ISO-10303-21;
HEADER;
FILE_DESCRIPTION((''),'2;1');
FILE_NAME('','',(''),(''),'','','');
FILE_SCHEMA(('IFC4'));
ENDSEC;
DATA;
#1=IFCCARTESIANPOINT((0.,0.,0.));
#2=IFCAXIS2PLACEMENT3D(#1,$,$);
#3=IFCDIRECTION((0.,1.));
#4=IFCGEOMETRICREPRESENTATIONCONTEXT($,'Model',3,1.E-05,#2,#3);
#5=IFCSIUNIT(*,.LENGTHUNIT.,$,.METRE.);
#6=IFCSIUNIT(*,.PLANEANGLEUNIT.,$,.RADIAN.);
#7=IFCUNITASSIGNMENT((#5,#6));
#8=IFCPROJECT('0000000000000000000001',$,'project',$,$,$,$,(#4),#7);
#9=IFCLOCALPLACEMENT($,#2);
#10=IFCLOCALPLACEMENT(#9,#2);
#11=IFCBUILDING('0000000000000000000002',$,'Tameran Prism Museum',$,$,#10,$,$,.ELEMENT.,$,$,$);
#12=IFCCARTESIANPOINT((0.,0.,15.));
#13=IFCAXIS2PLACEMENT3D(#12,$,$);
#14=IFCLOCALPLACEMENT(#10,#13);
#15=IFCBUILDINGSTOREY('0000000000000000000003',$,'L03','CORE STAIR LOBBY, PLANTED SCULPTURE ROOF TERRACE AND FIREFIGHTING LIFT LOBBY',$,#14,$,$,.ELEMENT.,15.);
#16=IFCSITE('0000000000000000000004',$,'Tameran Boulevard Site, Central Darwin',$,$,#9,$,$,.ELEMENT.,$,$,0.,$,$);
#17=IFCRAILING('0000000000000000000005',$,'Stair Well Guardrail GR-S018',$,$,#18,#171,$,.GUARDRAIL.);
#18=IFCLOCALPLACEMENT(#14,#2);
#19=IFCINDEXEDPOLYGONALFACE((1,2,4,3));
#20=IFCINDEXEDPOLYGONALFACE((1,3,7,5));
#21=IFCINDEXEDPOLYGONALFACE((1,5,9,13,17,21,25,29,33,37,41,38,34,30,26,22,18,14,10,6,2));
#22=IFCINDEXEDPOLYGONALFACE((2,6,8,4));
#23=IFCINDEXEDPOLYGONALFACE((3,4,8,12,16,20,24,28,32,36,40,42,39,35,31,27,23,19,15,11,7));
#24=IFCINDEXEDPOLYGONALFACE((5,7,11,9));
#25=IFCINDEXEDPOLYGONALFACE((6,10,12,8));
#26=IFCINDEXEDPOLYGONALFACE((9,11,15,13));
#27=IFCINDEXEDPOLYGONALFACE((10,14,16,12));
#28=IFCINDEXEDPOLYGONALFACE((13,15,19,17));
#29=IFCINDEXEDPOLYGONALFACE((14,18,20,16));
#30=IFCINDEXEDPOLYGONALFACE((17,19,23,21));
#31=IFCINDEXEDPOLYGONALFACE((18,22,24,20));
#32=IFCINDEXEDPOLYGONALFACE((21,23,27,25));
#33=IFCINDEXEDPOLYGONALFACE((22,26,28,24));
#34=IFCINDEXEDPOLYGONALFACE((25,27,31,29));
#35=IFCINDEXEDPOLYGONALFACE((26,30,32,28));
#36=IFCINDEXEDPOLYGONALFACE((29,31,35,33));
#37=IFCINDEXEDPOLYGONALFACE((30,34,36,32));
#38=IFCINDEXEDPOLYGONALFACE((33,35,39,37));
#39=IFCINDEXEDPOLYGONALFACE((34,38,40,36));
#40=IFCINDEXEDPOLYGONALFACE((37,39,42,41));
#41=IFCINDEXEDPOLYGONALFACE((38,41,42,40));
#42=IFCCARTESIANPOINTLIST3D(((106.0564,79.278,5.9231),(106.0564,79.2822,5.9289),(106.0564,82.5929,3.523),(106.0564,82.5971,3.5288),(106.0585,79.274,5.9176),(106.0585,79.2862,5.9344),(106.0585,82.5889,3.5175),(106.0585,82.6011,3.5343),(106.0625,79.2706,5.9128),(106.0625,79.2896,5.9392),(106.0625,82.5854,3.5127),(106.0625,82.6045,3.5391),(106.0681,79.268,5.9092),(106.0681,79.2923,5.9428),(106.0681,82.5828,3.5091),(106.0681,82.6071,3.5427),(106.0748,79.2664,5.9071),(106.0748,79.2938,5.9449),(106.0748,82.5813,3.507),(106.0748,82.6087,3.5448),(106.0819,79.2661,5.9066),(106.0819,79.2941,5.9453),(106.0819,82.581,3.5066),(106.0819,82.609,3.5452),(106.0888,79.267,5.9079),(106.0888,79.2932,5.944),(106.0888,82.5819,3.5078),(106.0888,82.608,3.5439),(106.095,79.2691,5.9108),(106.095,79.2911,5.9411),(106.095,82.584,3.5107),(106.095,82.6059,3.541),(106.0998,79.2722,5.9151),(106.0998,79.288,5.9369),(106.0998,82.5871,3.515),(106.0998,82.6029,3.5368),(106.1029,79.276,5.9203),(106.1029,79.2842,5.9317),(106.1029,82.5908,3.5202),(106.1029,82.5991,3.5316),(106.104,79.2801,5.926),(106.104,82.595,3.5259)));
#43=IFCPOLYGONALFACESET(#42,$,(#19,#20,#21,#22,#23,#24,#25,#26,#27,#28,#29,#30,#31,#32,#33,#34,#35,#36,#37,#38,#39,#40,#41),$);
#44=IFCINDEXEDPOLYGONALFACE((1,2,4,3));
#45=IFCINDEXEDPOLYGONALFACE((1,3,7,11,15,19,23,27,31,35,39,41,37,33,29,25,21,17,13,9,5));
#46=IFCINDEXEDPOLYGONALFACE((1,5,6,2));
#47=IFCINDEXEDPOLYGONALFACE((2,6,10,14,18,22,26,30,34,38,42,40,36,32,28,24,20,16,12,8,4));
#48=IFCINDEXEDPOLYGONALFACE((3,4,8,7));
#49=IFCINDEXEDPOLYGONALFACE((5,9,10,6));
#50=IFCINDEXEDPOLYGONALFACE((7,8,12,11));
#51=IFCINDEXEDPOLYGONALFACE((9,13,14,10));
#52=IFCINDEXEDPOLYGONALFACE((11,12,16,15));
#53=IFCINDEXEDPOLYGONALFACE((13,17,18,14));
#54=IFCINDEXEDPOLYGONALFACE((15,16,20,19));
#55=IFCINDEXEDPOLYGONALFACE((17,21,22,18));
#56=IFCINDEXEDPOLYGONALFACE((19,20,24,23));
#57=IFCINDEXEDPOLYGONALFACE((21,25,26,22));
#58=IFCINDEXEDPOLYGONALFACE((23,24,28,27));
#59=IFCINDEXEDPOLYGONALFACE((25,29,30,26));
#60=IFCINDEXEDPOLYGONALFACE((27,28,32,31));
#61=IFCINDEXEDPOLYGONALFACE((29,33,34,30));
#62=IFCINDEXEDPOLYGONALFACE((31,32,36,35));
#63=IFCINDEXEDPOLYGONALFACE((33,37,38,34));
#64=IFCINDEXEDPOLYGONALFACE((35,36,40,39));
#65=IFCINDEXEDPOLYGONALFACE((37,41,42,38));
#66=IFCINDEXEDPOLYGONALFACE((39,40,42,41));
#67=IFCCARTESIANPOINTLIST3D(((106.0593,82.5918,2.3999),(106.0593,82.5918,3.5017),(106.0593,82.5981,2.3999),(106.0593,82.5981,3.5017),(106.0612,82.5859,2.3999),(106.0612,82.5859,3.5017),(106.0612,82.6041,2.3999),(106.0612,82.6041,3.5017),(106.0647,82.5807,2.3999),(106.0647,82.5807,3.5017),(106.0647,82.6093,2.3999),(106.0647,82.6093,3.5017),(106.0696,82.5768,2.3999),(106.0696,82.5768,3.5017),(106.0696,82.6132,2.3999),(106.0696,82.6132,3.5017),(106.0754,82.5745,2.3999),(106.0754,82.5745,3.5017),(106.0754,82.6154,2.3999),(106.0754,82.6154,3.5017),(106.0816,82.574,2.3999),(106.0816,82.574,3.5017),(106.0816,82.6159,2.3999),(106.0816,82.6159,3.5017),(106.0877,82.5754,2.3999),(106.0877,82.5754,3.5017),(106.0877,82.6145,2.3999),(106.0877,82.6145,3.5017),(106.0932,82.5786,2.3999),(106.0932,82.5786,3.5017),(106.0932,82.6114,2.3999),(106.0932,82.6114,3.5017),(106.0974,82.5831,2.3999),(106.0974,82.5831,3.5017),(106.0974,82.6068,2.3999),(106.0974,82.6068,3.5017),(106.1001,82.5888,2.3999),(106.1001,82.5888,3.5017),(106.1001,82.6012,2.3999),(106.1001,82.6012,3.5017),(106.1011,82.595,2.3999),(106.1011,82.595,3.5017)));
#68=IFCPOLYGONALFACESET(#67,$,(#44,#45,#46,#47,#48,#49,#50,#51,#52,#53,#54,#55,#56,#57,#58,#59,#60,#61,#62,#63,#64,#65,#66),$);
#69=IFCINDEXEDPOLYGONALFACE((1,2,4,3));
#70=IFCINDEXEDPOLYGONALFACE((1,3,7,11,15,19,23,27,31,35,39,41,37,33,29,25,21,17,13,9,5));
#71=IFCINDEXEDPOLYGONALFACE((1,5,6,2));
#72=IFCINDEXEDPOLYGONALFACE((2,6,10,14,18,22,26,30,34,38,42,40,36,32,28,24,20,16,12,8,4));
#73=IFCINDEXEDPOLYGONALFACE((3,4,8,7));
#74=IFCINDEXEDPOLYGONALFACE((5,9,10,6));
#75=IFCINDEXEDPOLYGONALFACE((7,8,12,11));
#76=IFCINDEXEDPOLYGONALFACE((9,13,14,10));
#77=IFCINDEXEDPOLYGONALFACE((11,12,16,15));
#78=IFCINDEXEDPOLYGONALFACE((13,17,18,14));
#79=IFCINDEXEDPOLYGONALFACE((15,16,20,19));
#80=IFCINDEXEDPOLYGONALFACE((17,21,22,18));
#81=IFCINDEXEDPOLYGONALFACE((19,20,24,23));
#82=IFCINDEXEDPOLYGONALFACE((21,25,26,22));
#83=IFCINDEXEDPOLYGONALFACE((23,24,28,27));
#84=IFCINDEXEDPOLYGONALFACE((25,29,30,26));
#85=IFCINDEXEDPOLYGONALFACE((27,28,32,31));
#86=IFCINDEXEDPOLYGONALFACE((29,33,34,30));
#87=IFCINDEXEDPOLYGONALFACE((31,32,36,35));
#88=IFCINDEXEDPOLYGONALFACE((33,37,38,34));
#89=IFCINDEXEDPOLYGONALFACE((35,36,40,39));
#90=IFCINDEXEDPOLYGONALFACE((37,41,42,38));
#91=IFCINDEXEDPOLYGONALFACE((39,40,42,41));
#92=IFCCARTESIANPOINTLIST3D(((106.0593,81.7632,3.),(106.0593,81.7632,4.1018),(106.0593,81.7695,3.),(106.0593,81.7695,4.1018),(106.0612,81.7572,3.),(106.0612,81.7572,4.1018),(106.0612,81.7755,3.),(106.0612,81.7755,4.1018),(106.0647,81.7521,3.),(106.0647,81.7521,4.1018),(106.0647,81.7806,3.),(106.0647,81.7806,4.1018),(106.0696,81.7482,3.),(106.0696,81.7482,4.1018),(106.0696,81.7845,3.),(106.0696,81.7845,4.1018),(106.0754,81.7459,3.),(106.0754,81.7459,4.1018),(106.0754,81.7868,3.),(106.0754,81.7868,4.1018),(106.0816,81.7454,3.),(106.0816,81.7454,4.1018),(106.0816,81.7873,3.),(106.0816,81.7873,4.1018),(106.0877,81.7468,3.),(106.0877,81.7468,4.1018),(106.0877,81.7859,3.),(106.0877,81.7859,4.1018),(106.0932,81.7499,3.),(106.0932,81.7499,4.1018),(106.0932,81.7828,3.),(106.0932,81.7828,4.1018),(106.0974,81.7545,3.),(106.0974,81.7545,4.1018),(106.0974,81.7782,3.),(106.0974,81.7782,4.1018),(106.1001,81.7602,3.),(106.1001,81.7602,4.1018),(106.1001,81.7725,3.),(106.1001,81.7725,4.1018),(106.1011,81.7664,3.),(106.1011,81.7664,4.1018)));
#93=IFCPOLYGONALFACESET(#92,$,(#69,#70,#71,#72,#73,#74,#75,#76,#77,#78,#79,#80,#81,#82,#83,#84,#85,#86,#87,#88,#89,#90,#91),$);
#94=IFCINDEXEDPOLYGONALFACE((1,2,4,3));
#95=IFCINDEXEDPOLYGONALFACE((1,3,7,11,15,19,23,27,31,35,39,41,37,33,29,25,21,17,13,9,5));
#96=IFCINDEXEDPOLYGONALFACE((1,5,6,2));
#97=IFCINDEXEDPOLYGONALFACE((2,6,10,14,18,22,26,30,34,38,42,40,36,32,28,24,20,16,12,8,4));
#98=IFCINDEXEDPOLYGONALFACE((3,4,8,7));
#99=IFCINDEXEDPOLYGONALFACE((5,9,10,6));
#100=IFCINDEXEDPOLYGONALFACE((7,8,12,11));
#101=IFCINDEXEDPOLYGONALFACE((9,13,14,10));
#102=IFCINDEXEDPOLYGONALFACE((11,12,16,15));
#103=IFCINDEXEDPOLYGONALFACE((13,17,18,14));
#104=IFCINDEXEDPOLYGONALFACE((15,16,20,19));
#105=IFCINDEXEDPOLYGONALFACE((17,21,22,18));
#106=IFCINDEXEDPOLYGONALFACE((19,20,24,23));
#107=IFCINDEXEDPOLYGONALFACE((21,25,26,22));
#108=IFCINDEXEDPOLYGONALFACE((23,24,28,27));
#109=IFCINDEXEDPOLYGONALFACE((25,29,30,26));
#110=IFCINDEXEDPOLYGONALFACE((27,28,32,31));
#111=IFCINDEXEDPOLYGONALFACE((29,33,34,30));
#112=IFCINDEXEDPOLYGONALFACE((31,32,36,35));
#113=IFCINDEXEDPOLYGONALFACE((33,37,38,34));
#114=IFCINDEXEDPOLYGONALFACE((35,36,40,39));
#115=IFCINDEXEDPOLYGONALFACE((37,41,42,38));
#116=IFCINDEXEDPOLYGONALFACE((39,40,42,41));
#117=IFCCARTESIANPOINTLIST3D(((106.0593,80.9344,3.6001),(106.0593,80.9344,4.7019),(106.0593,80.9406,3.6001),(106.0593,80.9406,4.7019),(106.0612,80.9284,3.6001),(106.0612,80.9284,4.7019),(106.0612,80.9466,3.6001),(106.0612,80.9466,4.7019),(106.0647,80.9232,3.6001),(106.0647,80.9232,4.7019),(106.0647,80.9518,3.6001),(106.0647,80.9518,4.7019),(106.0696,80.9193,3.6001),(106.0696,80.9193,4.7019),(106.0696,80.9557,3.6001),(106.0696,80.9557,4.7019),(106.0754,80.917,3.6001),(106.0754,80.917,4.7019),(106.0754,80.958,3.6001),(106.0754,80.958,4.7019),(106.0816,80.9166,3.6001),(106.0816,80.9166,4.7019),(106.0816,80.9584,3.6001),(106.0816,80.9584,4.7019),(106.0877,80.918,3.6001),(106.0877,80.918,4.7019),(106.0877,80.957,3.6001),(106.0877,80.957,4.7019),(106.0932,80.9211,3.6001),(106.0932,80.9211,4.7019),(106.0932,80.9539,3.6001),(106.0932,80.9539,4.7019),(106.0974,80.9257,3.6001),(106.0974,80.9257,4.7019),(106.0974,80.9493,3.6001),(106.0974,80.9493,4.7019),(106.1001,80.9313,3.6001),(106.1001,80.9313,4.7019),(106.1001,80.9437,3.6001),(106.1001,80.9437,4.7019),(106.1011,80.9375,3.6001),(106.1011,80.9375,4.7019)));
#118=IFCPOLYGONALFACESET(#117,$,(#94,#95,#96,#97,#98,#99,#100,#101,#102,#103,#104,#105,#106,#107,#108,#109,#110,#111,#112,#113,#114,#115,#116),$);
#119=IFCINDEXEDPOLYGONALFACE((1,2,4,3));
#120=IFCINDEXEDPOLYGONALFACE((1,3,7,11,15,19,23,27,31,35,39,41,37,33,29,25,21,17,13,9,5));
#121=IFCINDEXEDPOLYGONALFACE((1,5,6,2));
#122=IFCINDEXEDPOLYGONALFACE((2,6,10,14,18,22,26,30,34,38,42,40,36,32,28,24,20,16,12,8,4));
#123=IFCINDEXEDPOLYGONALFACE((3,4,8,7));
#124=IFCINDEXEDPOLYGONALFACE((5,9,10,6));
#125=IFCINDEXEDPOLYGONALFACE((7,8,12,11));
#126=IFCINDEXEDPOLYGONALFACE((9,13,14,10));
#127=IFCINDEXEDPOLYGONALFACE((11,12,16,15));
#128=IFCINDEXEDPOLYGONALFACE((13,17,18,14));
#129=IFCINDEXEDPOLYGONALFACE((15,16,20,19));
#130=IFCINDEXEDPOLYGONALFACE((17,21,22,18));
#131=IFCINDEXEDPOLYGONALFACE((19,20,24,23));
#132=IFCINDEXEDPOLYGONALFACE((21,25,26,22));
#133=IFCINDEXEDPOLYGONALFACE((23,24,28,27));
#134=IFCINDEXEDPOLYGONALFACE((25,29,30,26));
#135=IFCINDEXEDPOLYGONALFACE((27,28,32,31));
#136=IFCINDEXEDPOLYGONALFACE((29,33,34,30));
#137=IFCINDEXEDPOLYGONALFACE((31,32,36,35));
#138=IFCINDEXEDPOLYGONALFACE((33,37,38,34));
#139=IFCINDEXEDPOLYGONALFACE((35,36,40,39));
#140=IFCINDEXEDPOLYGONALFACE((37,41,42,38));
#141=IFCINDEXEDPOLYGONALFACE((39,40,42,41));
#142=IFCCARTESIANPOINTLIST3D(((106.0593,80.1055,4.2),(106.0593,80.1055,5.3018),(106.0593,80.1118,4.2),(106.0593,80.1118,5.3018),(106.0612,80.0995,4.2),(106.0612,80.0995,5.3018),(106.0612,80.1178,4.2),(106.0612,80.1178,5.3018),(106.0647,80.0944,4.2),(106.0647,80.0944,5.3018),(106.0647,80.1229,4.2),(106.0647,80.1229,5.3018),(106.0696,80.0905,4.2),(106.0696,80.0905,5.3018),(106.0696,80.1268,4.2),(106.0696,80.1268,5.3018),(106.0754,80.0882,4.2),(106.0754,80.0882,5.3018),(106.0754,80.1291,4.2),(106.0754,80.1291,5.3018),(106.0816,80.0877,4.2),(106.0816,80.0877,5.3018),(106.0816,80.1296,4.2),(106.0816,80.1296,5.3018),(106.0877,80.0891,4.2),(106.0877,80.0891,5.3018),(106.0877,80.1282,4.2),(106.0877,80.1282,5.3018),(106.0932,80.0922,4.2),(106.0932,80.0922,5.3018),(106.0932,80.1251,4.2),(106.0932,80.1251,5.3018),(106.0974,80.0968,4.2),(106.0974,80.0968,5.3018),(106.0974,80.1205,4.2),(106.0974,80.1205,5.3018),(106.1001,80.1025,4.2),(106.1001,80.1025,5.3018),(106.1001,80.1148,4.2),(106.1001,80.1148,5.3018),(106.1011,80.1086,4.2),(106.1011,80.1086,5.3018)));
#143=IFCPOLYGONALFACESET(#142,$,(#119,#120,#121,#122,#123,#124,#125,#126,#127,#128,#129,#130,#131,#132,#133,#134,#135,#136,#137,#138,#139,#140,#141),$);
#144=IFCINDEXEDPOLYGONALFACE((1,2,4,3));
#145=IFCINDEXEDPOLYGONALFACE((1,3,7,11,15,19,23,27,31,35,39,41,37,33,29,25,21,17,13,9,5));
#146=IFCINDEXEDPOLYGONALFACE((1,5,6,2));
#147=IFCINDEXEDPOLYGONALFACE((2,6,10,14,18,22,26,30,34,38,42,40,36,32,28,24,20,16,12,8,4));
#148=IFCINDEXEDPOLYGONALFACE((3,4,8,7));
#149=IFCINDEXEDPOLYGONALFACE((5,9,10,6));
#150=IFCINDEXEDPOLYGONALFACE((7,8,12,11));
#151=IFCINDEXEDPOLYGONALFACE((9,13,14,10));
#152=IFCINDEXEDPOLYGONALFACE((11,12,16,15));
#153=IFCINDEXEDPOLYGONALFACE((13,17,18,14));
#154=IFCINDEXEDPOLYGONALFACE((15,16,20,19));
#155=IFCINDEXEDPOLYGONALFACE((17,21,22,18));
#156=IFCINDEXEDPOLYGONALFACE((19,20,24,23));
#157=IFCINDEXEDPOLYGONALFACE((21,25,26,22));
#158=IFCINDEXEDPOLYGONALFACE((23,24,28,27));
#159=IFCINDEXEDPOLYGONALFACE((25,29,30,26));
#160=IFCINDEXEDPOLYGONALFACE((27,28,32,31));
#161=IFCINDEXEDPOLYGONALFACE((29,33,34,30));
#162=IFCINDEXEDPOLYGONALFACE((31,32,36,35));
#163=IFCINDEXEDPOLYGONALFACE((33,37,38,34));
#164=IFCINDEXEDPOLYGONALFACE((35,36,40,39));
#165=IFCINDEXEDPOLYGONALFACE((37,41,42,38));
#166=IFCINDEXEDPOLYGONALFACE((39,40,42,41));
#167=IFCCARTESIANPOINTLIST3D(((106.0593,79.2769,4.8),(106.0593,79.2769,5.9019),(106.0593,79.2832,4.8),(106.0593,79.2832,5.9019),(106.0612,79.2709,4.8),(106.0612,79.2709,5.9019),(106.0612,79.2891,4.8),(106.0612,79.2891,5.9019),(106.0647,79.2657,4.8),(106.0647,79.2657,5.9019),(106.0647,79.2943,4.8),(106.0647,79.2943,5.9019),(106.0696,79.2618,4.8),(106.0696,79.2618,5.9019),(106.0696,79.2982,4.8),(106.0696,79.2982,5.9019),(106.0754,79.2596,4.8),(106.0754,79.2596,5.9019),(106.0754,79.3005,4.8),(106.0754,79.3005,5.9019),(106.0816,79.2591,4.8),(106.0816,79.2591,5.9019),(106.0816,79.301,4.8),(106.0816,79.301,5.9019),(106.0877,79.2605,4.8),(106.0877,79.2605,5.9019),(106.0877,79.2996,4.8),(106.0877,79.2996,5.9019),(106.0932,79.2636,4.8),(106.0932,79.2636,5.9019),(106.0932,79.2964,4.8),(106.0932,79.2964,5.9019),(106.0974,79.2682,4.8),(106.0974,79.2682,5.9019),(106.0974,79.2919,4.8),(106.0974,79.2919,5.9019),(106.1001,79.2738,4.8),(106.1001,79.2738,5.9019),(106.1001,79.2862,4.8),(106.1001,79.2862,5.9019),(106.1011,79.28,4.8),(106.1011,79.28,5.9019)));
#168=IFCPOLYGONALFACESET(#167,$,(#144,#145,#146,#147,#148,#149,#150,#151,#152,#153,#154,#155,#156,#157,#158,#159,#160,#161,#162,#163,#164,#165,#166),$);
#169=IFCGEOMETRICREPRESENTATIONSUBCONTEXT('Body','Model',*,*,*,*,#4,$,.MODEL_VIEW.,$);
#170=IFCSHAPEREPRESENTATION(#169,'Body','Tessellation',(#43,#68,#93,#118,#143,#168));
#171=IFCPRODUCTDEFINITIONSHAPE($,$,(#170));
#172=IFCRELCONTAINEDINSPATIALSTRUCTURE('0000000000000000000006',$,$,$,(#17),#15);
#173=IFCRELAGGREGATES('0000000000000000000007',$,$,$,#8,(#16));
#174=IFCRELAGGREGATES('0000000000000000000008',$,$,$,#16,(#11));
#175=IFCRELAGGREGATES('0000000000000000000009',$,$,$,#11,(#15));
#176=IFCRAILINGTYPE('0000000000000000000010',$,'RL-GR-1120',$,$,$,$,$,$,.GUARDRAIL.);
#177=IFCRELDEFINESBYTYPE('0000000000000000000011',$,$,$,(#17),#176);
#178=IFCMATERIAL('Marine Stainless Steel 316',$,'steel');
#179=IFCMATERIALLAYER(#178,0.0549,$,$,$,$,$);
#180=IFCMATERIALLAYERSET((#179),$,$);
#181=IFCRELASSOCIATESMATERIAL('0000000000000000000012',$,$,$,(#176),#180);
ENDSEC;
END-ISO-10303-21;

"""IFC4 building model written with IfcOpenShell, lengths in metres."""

from ifc_helpers import new_model, si_unit, direction, frame, origin, origin_2d, place, context, subcontext, project, spatial, circle, extrude, material, layer, layer_set, type_object, element, save


model = new_model("IFC4")

# Units and contexts
model_context = context("Model", 3, precision=1e-05, world=origin(), true_north=direction((0.0, 1.0)))
body_context = subcontext(model_context, "Body", "Model", "MODEL_VIEW")
ifc_project = project(units=[si_unit("LENGTHUNIT", "METRE"), si_unit("PLANEANGLEUNIT", "RADIAN")], contexts=[model_context])

# Site, building, storey
site_placement = place(None, origin())
site = spatial("IfcSite", under=ifc_project, at=site_placement, Name="Tameran Boulevard Site, Central Darwin", CompositionType="ELEMENT", RefElevation=0.0)
building_placement = place(site_placement, origin())
building = spatial("IfcBuilding", under=site, at=building_placement, Name="Tameran Prism Museum", CompositionType="ELEMENT")
storey_placement = place(building_placement, frame((0.0, 0.0, 15.0)))
storey = spatial("IfcBuildingStorey", under=building, at=storey_placement, Name="L03", Description="CORE STAIR LOBBY, PLANTED SCULPTURE ROOF TERRACE AND FIREFIGHTING LIFT LOBBY", CompositionType="ELEMENT", Elevation=15.0)

# Railing
ifc_material_1 = material(Name="Marine Stainless Steel 316", Category="steel")
ifc_layer_1 = layer(ifc_material_1, 0.0549)
ifc_layer_set_1 = layer_set([ifc_layer_1])
railing_type_1 = type_object("IfcRailingType", Name="RL-GR-1120", PredefinedType="GUARDRAIL", material=ifc_layer_set_1)
railing_1_placement = place(storey_placement, frame((106.0801, 82.595, 2.3999)))
element("IfcRailing", 1, at=railing_1_placement, inside=storey, type_object=railing_type_1, Name="Stair Well Guardrail GR-S018", PredefinedType="GUARDRAIL", context=body_context, shape_type="SweptSolid", body=[
    extrude(circle(Radius=0.0239, at=origin_2d()), frame((0.0, 0.0, 1.126), z_axis=(0.0, -0.80998, 0.586457), x_axis=(1.0, 0.0, 0.0)), (0.0, 0.0, 1.0), 4.0925),
    extrude(circle(Radius=0.021, at=origin_2d()), origin(), (0.0, 0.0, 1.0), 1.1018),
    extrude(circle(Radius=0.021, at=origin_2d()), frame((0.0, -0.8286, 0.6001)), (0.0, 0.0, 1.0), 1.1018),
    extrude(circle(Radius=0.021, at=origin_2d()), frame((0.0, -1.6575, 1.2002)), (0.0, 0.0, 1.0), 1.1018),
    extrude(circle(Radius=0.021, at=origin_2d()), frame((0.0, -2.4863, 1.8)), (0.0, 0.0, 1.0), 1.1018),
    extrude(circle(Radius=0.021, at=origin_2d()), frame((0.0, -3.3149, 2.4001)), (0.0, 0.0, 1.0), 1.1018),
])

save(model, "model.ifc")
